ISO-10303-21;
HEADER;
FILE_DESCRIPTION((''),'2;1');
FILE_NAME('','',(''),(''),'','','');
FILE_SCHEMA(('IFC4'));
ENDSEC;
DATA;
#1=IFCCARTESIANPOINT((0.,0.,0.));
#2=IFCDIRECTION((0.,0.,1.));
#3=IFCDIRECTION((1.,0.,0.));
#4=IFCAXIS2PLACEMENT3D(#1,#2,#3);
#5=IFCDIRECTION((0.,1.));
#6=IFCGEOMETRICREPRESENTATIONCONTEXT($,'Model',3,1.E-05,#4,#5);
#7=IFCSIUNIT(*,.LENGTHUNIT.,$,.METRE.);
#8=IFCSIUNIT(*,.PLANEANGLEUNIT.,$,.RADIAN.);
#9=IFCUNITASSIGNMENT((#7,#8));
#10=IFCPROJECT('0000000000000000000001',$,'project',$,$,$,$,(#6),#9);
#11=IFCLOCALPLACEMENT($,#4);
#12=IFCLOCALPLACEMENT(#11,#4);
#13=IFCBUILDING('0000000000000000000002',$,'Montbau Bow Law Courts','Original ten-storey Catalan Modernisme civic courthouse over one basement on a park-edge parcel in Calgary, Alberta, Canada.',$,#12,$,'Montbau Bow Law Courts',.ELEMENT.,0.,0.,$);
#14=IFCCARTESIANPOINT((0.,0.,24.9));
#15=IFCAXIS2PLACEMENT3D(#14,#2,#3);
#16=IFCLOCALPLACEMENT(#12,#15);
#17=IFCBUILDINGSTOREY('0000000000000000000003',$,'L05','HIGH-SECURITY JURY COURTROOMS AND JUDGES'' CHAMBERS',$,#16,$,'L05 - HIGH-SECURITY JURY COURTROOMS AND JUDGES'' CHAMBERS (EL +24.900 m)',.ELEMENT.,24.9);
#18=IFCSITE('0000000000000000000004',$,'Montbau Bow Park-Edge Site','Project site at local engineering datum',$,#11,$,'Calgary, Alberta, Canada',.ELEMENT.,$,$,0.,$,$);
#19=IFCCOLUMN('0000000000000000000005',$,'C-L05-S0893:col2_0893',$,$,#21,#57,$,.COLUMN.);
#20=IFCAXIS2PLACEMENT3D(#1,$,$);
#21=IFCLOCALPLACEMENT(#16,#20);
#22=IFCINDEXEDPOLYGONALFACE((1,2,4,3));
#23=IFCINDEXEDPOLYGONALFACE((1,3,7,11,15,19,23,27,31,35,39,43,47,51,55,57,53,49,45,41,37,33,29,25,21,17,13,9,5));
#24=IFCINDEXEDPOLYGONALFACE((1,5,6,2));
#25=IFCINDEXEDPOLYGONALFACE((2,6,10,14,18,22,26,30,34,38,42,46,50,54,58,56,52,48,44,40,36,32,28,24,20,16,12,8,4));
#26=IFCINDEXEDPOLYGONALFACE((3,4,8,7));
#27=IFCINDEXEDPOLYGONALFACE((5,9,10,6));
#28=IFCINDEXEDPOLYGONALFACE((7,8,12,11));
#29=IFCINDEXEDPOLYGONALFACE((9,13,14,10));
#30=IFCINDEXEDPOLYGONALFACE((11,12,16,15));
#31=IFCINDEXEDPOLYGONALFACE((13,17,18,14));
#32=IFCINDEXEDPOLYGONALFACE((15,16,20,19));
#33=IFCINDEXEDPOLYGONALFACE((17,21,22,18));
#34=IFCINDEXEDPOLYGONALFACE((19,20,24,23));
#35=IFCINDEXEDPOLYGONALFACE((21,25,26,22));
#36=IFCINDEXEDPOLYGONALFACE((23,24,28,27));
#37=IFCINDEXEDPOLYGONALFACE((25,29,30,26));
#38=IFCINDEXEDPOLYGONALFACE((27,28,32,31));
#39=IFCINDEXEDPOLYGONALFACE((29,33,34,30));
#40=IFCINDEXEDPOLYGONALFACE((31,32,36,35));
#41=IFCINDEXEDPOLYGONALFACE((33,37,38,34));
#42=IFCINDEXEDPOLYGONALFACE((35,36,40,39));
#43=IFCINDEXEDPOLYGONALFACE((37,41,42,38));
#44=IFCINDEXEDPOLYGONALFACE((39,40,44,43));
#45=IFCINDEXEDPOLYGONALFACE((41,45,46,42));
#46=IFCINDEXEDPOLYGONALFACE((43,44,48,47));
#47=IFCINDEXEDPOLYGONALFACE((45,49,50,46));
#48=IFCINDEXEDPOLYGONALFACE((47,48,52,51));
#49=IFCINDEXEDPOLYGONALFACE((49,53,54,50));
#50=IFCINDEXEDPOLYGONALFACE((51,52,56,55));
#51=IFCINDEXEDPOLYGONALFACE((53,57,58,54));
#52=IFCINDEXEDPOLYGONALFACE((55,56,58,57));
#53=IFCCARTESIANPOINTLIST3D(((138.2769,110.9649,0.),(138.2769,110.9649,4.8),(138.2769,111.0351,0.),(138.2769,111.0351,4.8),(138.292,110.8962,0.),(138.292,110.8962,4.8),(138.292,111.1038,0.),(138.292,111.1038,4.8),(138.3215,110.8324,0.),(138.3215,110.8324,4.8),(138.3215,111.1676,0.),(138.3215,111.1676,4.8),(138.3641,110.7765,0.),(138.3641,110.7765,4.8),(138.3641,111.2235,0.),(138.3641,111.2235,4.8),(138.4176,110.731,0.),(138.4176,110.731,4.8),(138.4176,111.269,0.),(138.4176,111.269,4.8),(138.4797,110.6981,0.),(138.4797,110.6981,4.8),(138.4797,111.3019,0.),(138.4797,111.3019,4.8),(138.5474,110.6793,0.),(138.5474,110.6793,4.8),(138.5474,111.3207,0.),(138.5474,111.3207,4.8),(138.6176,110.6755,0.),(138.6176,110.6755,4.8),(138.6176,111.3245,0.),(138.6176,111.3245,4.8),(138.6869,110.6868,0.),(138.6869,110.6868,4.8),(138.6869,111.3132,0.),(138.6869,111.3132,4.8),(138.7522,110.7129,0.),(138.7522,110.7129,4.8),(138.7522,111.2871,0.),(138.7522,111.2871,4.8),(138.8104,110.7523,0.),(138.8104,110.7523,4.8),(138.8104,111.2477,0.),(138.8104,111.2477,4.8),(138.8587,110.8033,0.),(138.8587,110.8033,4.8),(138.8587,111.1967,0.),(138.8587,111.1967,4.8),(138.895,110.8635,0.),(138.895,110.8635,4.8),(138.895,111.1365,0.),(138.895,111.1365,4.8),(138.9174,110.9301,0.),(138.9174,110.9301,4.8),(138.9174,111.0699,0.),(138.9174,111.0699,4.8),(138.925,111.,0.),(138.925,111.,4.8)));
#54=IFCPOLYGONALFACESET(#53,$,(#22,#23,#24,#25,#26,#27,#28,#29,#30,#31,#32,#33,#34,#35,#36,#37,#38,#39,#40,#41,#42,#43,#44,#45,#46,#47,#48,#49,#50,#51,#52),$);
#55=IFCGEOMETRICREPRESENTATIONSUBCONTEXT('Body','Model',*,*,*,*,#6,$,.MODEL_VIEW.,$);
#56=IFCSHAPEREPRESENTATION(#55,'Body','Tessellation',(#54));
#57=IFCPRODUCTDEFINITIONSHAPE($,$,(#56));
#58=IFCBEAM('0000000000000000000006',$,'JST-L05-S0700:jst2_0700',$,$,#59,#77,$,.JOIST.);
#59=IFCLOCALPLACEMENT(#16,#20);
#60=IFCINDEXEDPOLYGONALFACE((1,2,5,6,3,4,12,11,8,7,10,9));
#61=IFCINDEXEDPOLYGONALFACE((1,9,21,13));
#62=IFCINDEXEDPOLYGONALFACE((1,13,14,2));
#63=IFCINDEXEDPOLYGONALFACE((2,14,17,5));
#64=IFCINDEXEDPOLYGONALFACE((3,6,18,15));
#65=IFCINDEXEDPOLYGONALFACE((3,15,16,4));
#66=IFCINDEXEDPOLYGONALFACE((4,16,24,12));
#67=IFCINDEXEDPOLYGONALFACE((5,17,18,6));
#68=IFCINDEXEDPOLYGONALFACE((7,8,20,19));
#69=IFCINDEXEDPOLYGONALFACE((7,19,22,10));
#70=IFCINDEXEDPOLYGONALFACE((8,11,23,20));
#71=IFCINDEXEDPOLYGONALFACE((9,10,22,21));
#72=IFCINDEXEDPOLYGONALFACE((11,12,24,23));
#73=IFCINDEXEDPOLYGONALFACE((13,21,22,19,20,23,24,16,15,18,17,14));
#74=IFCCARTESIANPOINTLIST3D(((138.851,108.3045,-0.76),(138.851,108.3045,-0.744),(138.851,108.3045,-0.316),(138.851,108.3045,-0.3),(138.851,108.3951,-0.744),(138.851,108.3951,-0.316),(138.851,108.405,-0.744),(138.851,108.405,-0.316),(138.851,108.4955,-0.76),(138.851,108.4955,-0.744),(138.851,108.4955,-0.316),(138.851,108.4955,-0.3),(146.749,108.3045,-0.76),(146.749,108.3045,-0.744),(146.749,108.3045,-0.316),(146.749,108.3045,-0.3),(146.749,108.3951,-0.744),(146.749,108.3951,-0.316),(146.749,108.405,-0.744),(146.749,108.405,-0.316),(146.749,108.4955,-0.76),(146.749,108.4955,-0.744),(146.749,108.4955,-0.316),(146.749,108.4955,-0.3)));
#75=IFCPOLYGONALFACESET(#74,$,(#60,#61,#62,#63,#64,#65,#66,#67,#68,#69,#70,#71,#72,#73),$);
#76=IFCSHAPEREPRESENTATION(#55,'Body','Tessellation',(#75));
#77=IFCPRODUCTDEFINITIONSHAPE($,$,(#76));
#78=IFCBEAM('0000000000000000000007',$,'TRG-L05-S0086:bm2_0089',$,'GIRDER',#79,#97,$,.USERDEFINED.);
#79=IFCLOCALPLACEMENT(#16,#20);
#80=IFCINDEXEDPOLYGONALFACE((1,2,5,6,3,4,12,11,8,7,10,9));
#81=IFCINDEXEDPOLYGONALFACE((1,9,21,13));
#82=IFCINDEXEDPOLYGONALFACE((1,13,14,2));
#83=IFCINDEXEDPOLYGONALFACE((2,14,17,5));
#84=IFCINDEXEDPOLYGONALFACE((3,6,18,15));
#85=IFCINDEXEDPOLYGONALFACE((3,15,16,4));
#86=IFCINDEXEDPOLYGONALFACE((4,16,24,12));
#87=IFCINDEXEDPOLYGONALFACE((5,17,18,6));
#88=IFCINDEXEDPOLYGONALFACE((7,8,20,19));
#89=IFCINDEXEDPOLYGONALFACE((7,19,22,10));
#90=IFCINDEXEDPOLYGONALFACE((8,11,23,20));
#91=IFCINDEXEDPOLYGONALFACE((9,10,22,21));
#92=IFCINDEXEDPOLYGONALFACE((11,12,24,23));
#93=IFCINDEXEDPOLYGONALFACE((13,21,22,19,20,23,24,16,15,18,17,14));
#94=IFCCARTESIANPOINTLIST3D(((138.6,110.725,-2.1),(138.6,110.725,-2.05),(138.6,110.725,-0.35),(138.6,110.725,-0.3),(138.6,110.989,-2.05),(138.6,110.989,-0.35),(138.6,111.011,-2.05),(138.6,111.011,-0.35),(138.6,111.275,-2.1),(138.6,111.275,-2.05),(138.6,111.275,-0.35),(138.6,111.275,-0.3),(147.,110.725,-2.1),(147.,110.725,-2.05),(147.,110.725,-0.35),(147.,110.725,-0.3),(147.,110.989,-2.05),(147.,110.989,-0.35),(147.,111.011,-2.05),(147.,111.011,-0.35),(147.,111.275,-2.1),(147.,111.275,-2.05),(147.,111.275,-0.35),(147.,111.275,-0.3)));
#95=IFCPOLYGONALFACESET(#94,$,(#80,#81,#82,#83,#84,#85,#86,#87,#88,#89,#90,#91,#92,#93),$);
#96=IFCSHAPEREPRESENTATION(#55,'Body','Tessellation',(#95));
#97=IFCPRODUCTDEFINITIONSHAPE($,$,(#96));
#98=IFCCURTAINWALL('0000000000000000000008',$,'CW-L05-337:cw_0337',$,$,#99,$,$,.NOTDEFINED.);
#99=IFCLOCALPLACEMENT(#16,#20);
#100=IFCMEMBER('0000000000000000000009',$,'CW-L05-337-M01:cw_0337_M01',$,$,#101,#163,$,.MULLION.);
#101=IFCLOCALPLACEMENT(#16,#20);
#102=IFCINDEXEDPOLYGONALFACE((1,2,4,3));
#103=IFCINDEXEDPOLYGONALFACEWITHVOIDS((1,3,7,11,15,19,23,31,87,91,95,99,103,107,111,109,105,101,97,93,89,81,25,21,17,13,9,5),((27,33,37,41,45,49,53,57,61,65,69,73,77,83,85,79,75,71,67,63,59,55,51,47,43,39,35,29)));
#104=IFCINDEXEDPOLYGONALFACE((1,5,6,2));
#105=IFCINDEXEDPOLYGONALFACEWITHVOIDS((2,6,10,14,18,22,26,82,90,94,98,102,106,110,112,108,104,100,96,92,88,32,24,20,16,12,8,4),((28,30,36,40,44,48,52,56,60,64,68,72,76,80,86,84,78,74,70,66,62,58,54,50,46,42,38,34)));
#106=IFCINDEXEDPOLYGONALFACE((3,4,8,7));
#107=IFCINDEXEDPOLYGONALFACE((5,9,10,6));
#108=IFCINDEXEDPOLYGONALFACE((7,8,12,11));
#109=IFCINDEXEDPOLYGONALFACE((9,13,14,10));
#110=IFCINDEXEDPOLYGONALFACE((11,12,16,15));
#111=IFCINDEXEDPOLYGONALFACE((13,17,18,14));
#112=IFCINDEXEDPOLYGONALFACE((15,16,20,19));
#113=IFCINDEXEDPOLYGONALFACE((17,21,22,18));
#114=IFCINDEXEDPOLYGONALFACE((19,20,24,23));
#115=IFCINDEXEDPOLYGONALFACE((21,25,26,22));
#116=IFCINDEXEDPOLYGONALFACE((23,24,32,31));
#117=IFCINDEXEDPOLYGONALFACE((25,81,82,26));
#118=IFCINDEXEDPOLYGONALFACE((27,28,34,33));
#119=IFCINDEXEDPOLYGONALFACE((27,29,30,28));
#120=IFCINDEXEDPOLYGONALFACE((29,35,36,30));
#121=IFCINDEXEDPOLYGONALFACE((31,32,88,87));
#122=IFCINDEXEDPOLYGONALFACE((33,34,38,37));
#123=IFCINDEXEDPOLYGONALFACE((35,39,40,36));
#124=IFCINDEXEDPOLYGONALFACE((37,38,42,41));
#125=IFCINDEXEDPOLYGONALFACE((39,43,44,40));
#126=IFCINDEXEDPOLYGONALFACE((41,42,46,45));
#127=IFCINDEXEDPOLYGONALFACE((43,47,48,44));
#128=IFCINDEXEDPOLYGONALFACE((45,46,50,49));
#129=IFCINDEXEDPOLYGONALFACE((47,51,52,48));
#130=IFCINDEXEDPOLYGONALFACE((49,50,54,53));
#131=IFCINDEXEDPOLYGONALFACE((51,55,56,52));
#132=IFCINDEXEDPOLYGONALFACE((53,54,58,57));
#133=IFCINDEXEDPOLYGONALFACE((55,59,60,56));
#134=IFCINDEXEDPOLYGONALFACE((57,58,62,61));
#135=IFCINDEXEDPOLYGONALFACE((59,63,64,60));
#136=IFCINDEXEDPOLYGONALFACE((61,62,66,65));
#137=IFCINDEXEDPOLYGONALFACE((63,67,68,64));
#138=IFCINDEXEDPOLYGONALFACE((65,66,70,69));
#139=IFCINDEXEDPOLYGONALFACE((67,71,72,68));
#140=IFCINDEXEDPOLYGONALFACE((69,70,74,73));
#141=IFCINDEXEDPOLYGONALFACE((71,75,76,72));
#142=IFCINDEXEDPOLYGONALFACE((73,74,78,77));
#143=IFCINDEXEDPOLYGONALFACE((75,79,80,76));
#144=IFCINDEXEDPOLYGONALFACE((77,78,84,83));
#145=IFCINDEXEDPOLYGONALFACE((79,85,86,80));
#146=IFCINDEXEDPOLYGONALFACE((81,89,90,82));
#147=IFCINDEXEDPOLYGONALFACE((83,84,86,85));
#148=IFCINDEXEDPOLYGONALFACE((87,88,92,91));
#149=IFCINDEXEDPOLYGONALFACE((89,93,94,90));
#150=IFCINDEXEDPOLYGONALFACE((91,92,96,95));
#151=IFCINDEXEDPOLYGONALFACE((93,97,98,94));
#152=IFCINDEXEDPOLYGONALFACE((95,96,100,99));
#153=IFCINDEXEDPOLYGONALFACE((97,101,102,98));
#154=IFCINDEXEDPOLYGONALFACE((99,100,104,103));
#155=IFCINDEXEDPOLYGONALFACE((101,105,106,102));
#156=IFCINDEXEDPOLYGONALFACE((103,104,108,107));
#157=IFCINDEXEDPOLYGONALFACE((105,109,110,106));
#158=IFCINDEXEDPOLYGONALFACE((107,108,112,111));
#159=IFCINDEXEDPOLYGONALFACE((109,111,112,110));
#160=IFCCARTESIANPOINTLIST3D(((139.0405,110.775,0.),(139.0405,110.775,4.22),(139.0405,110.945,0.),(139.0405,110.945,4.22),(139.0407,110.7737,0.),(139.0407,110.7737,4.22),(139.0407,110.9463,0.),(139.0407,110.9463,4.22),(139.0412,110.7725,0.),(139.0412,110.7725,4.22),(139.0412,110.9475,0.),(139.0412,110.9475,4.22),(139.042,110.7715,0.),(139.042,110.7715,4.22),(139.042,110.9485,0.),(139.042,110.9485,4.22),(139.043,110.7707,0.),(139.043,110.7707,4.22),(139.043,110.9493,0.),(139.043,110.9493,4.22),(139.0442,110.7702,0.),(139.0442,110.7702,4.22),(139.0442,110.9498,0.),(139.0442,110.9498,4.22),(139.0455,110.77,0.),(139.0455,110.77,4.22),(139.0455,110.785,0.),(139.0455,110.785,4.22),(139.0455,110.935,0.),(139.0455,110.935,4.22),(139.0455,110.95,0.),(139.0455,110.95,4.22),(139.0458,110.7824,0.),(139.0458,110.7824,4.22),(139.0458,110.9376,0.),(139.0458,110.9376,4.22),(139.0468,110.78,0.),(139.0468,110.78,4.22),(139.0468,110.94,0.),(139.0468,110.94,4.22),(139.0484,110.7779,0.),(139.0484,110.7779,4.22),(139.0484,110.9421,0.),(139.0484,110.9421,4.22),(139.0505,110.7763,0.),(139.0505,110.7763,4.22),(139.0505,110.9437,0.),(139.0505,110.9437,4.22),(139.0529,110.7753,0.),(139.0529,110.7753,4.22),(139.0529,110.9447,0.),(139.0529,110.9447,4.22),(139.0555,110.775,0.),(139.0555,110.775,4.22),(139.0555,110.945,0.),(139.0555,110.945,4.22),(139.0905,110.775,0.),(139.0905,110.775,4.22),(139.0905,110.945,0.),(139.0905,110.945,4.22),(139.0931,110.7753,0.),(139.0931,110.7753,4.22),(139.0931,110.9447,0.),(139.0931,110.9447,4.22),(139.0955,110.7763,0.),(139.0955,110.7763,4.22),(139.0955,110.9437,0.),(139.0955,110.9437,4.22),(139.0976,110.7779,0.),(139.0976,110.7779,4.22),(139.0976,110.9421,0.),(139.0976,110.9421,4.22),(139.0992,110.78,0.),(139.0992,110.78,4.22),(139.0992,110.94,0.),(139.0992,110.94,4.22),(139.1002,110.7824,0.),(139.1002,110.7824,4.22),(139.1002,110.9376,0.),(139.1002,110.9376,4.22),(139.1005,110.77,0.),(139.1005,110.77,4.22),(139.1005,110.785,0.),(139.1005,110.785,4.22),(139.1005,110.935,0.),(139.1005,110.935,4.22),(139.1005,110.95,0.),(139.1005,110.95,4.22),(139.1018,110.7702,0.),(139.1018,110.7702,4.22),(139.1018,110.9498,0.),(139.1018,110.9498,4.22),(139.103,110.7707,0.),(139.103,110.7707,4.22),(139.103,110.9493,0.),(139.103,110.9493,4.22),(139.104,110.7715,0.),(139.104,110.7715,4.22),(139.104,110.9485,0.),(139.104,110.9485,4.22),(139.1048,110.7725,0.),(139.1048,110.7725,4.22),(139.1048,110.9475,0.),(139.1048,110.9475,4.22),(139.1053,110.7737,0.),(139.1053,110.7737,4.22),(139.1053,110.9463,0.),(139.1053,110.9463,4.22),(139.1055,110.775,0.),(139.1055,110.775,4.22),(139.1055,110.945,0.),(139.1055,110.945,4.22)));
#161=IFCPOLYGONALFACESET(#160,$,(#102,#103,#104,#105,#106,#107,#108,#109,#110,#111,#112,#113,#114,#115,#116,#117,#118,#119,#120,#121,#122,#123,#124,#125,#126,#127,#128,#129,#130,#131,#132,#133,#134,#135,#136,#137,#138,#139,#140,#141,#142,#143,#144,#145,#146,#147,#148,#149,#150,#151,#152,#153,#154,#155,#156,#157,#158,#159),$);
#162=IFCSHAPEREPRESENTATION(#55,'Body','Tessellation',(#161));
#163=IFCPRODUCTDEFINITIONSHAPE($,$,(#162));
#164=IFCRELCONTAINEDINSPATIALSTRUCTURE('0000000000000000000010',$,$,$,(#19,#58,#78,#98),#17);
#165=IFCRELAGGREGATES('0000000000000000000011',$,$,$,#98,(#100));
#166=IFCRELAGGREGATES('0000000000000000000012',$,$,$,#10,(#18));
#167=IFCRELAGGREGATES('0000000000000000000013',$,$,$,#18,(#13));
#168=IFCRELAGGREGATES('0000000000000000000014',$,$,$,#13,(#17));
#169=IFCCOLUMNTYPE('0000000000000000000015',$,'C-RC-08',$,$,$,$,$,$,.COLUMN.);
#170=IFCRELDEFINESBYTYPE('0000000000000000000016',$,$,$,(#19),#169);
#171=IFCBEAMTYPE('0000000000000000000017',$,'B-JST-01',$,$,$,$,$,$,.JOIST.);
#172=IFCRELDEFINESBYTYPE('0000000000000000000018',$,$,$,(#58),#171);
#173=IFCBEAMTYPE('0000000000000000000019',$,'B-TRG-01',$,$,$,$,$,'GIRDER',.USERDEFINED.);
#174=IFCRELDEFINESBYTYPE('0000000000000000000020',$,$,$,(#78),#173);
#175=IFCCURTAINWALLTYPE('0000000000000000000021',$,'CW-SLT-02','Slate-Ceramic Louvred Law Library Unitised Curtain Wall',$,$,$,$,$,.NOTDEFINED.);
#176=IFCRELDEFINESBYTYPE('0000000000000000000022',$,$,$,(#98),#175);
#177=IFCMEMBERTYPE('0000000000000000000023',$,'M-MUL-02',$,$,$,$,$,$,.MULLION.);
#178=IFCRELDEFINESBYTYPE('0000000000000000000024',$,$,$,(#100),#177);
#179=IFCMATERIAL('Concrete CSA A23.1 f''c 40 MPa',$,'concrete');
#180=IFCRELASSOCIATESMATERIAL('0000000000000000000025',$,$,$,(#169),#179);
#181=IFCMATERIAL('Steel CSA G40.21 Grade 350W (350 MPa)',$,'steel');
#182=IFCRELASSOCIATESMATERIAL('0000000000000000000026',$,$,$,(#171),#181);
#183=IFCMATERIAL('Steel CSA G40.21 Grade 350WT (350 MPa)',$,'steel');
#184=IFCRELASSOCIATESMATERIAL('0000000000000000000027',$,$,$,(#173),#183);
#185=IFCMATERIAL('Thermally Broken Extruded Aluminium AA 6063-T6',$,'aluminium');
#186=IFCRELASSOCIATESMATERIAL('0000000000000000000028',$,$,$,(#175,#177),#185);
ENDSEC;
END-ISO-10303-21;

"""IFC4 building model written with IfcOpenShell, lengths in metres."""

from ifc_helpers import new_model, si_unit, direction, frame, origin_with_axes, origin_2d_with_axis, place, context, subcontext, project, spatial, hollow_rectangle, circle, i_section, extrude, material, material_profile, profile_set, type_object, element, aggregate, save


model = new_model("IFC4")

# Units and contexts
model_context = context("Model", 3, precision=1e-05, world=origin_with_axes(), true_north=direction((0.0, 1.0)))
body_context = subcontext(model_context, "Body", "Model", "MODEL_VIEW")
ifc_project = project(units=[si_unit("LENGTHUNIT", "METRE"), si_unit("PLANEANGLEUNIT", "RADIAN")], contexts=[model_context])

# Site, building, storey
site_placement = place(None, origin_with_axes())
site = spatial("IfcSite", under=ifc_project, at=site_placement, Name="Montbau Bow Park-Edge Site", Description="Project site at local engineering datum", LongName="Calgary, Alberta, Canada", CompositionType="ELEMENT", RefElevation=0.0)
building_placement = place(site_placement, origin_with_axes())
building = spatial("IfcBuilding", under=site, at=building_placement, Name="Montbau Bow Law Courts", Description="Original ten-storey Catalan Modernisme civic courthouse over one basement on a park-edge parcel in Calgary, Alberta, Canada.", LongName="Montbau Bow Law Courts", CompositionType="ELEMENT", ElevationOfRefHeight=0.0, ElevationOfTerrain=0.0)
storey_placement = place(building_placement, frame((0.0, 0.0, 24.9), z_axis=(0.0, 0.0, 1.0), x_axis=(1.0, 0.0, 0.0)))
storey = spatial("IfcBuildingStorey", under=building, at=storey_placement, Name="L05", Description="HIGH-SECURITY JURY COURTROOMS AND JUDGES' CHAMBERS", LongName="L05 - HIGH-SECURITY JURY COURTROOMS AND JUDGES' CHAMBERS (EL +24.900 m)", CompositionType="ELEMENT", Elevation=24.9)

# Column
ifc_material_1 = material(Name="Concrete CSA A23.1 f'c 40 MPa", Category="concrete")
ifc_material_profile_1 = material_profile(ifc_material_1, circle(Radius=0.325, at=origin_2d_with_axis()), Name="RC650D", Category="Main", Priority=0)
ifc_profile_set_1 = profile_set([ifc_material_profile_1], Name="Concrete CSA A23.1 f'c 40 MPa")
column_type = type_object("IfcColumnType", Name="C-RC-08", PredefinedType="COLUMN", material=ifc_profile_set_1)
column_placement = place(None, frame((138.6, 111.0, 24.9), z_axis=(0.0, 0.0, 1.0), x_axis=(1.0, 0.0, 0.0)))
element("IfcColumn", 1, at=column_placement, inside=storey, type_object=column_type, Name="C-L05-S0893:col2_0893", PredefinedType="COLUMN", context=body_context, shape_type="SweptSolid", body=[
    extrude(circle(Radius=0.325, at=origin_2d_with_axis()), origin_with_axes(), (0.0, 0.0, 1.0), 4.8),
])

# Beams
ifc_material_2 = material(Name="Steel CSA G40.21 Grade 350W (350 MPa)", Category="steel")
ifc_material_profile_2 = material_profile(ifc_material_2, i_section(OverallWidth=0.191, OverallDepth=0.46, WebThickness=0.0099, FlangeThickness=0.016, at=origin_2d_with_axis()), Name="W460X82", Category="Main", Priority=0)
ifc_profile_set_2 = profile_set([ifc_material_profile_2], Name="Steel CSA G40.21 Grade 350W (350 MPa)")
beam_type_1 = type_object("IfcBeamType", Name="B-JST-01", PredefinedType="JOIST", material=ifc_profile_set_2)
beam_1_placement = place(None, frame((138.851, 108.4, 24.37), z_axis=(1.0, 0.0, 0.0), x_axis=(0.0, 1.0, 0.0)))
element("IfcBeam", 2, at=beam_1_placement, inside=storey, type_object=beam_type_1, Name="JST-L05-S0700:jst2_0700", PredefinedType="JOIST", context=body_context, shape_type="SweptSolid", body=[
    extrude(i_section(OverallWidth=0.191, OverallDepth=0.46, WebThickness=0.0099, FlangeThickness=0.016, at=origin_2d_with_axis()), origin_with_axes(), (0.0, 0.0, 1.0), 7.898),
])
ifc_material_3 = material(Name="Steel CSA G40.21 Grade 350WT (350 MPa)", Category="steel")
ifc_material_profile_3 = material_profile(ifc_material_3, i_section(OverallWidth=0.55, OverallDepth=1.8, WebThickness=0.022, FlangeThickness=0.05, at=origin_2d_with_axis()), Name="WWF1800X550", Category="Main", Priority=0)
ifc_profile_set_3 = profile_set([ifc_material_profile_3], Name="Steel CSA G40.21 Grade 350WT (350 MPa)")
beam_type_2 = type_object("IfcBeamType", Name="B-TRG-01", ElementType="GIRDER", PredefinedType="USERDEFINED", material=ifc_profile_set_3)
beam_2_placement = place(None, frame((138.6, 111.0, 23.7), z_axis=(1.0, 0.0, 0.0), x_axis=(0.0, 1.0, 0.0)))
element("IfcBeam", 3, at=beam_2_placement, inside=storey, type_object=beam_type_2, Name="TRG-L05-S0086:bm2_0089", ObjectType="GIRDER", PredefinedType="USERDEFINED", context=body_context, shape_type="SweptSolid", body=[
    extrude(i_section(OverallWidth=0.55, OverallDepth=1.8, WebThickness=0.022, FlangeThickness=0.05, at=origin_2d_with_axis()), origin_with_axes(), (0.0, 0.0, 1.0), 8.4),
])

# Curtain wall, member
ifc_material_4 = material(Name="Thermally Broken Extruded Aluminium AA 6063-T6", Category="aluminium")
curtain_wall_type = type_object("IfcCurtainWallType", Name="CW-SLT-02", Description="Slate-Ceramic Louvred Law Library Unitised Curtain Wall", PredefinedType="NOTDEFINED", material=ifc_material_4)
curtain_wall_1_placement = place(None, frame((139.04, 110.86, 24.9), z_axis=(0.0, 0.0, 1.0), x_axis=(1.0, 0.0, 0.0)))
curtain_wall_1 = element("IfcCurtainWall", 4, at=curtain_wall_1_placement, inside=storey, type_object=curtain_wall_type, Name="CW-L05-337:cw_0337", PredefinedType="NOTDEFINED")
ifc_material_profile_4 = material_profile(ifc_material_4, hollow_rectangle(XDim=0.065, YDim=0.18, WallThickness=0.005, InnerFilletRadius=0.01, OuterFilletRadius=0.005, at=origin_2d_with_axis()), Name="CWM-180X65", Category="Main", Priority=0)
ifc_profile_set_4 = profile_set([ifc_material_profile_4], Name="Thermally Broken Extruded Aluminium AA 6063-T6")
member_type_1 = type_object("IfcMemberType", Name="M-MUL-02", PredefinedType="MULLION", material=ifc_profile_set_4)
member_1_placement = place(None, frame((139.073, 110.86, 24.9), z_axis=(0.0, 0.0, 1.0), x_axis=(1.0, 0.0, 0.0)))
member_1 = element("IfcMember", 5, at=member_1_placement, type_object=member_type_1, Name="CW-L05-337-M01:cw_0337_M01", PredefinedType="MULLION", context=body_context, shape_type="SweptSolid", body=[
    extrude(hollow_rectangle(XDim=0.065, YDim=0.18, WallThickness=0.005, InnerFilletRadius=0.01, OuterFilletRadius=0.005, at=origin_2d_with_axis()), origin_with_axes(), (0.0, 0.0, 1.0), 4.22),
])

aggregate(curtain_wall_1, [member_1])

save(model, "model.ifc")
